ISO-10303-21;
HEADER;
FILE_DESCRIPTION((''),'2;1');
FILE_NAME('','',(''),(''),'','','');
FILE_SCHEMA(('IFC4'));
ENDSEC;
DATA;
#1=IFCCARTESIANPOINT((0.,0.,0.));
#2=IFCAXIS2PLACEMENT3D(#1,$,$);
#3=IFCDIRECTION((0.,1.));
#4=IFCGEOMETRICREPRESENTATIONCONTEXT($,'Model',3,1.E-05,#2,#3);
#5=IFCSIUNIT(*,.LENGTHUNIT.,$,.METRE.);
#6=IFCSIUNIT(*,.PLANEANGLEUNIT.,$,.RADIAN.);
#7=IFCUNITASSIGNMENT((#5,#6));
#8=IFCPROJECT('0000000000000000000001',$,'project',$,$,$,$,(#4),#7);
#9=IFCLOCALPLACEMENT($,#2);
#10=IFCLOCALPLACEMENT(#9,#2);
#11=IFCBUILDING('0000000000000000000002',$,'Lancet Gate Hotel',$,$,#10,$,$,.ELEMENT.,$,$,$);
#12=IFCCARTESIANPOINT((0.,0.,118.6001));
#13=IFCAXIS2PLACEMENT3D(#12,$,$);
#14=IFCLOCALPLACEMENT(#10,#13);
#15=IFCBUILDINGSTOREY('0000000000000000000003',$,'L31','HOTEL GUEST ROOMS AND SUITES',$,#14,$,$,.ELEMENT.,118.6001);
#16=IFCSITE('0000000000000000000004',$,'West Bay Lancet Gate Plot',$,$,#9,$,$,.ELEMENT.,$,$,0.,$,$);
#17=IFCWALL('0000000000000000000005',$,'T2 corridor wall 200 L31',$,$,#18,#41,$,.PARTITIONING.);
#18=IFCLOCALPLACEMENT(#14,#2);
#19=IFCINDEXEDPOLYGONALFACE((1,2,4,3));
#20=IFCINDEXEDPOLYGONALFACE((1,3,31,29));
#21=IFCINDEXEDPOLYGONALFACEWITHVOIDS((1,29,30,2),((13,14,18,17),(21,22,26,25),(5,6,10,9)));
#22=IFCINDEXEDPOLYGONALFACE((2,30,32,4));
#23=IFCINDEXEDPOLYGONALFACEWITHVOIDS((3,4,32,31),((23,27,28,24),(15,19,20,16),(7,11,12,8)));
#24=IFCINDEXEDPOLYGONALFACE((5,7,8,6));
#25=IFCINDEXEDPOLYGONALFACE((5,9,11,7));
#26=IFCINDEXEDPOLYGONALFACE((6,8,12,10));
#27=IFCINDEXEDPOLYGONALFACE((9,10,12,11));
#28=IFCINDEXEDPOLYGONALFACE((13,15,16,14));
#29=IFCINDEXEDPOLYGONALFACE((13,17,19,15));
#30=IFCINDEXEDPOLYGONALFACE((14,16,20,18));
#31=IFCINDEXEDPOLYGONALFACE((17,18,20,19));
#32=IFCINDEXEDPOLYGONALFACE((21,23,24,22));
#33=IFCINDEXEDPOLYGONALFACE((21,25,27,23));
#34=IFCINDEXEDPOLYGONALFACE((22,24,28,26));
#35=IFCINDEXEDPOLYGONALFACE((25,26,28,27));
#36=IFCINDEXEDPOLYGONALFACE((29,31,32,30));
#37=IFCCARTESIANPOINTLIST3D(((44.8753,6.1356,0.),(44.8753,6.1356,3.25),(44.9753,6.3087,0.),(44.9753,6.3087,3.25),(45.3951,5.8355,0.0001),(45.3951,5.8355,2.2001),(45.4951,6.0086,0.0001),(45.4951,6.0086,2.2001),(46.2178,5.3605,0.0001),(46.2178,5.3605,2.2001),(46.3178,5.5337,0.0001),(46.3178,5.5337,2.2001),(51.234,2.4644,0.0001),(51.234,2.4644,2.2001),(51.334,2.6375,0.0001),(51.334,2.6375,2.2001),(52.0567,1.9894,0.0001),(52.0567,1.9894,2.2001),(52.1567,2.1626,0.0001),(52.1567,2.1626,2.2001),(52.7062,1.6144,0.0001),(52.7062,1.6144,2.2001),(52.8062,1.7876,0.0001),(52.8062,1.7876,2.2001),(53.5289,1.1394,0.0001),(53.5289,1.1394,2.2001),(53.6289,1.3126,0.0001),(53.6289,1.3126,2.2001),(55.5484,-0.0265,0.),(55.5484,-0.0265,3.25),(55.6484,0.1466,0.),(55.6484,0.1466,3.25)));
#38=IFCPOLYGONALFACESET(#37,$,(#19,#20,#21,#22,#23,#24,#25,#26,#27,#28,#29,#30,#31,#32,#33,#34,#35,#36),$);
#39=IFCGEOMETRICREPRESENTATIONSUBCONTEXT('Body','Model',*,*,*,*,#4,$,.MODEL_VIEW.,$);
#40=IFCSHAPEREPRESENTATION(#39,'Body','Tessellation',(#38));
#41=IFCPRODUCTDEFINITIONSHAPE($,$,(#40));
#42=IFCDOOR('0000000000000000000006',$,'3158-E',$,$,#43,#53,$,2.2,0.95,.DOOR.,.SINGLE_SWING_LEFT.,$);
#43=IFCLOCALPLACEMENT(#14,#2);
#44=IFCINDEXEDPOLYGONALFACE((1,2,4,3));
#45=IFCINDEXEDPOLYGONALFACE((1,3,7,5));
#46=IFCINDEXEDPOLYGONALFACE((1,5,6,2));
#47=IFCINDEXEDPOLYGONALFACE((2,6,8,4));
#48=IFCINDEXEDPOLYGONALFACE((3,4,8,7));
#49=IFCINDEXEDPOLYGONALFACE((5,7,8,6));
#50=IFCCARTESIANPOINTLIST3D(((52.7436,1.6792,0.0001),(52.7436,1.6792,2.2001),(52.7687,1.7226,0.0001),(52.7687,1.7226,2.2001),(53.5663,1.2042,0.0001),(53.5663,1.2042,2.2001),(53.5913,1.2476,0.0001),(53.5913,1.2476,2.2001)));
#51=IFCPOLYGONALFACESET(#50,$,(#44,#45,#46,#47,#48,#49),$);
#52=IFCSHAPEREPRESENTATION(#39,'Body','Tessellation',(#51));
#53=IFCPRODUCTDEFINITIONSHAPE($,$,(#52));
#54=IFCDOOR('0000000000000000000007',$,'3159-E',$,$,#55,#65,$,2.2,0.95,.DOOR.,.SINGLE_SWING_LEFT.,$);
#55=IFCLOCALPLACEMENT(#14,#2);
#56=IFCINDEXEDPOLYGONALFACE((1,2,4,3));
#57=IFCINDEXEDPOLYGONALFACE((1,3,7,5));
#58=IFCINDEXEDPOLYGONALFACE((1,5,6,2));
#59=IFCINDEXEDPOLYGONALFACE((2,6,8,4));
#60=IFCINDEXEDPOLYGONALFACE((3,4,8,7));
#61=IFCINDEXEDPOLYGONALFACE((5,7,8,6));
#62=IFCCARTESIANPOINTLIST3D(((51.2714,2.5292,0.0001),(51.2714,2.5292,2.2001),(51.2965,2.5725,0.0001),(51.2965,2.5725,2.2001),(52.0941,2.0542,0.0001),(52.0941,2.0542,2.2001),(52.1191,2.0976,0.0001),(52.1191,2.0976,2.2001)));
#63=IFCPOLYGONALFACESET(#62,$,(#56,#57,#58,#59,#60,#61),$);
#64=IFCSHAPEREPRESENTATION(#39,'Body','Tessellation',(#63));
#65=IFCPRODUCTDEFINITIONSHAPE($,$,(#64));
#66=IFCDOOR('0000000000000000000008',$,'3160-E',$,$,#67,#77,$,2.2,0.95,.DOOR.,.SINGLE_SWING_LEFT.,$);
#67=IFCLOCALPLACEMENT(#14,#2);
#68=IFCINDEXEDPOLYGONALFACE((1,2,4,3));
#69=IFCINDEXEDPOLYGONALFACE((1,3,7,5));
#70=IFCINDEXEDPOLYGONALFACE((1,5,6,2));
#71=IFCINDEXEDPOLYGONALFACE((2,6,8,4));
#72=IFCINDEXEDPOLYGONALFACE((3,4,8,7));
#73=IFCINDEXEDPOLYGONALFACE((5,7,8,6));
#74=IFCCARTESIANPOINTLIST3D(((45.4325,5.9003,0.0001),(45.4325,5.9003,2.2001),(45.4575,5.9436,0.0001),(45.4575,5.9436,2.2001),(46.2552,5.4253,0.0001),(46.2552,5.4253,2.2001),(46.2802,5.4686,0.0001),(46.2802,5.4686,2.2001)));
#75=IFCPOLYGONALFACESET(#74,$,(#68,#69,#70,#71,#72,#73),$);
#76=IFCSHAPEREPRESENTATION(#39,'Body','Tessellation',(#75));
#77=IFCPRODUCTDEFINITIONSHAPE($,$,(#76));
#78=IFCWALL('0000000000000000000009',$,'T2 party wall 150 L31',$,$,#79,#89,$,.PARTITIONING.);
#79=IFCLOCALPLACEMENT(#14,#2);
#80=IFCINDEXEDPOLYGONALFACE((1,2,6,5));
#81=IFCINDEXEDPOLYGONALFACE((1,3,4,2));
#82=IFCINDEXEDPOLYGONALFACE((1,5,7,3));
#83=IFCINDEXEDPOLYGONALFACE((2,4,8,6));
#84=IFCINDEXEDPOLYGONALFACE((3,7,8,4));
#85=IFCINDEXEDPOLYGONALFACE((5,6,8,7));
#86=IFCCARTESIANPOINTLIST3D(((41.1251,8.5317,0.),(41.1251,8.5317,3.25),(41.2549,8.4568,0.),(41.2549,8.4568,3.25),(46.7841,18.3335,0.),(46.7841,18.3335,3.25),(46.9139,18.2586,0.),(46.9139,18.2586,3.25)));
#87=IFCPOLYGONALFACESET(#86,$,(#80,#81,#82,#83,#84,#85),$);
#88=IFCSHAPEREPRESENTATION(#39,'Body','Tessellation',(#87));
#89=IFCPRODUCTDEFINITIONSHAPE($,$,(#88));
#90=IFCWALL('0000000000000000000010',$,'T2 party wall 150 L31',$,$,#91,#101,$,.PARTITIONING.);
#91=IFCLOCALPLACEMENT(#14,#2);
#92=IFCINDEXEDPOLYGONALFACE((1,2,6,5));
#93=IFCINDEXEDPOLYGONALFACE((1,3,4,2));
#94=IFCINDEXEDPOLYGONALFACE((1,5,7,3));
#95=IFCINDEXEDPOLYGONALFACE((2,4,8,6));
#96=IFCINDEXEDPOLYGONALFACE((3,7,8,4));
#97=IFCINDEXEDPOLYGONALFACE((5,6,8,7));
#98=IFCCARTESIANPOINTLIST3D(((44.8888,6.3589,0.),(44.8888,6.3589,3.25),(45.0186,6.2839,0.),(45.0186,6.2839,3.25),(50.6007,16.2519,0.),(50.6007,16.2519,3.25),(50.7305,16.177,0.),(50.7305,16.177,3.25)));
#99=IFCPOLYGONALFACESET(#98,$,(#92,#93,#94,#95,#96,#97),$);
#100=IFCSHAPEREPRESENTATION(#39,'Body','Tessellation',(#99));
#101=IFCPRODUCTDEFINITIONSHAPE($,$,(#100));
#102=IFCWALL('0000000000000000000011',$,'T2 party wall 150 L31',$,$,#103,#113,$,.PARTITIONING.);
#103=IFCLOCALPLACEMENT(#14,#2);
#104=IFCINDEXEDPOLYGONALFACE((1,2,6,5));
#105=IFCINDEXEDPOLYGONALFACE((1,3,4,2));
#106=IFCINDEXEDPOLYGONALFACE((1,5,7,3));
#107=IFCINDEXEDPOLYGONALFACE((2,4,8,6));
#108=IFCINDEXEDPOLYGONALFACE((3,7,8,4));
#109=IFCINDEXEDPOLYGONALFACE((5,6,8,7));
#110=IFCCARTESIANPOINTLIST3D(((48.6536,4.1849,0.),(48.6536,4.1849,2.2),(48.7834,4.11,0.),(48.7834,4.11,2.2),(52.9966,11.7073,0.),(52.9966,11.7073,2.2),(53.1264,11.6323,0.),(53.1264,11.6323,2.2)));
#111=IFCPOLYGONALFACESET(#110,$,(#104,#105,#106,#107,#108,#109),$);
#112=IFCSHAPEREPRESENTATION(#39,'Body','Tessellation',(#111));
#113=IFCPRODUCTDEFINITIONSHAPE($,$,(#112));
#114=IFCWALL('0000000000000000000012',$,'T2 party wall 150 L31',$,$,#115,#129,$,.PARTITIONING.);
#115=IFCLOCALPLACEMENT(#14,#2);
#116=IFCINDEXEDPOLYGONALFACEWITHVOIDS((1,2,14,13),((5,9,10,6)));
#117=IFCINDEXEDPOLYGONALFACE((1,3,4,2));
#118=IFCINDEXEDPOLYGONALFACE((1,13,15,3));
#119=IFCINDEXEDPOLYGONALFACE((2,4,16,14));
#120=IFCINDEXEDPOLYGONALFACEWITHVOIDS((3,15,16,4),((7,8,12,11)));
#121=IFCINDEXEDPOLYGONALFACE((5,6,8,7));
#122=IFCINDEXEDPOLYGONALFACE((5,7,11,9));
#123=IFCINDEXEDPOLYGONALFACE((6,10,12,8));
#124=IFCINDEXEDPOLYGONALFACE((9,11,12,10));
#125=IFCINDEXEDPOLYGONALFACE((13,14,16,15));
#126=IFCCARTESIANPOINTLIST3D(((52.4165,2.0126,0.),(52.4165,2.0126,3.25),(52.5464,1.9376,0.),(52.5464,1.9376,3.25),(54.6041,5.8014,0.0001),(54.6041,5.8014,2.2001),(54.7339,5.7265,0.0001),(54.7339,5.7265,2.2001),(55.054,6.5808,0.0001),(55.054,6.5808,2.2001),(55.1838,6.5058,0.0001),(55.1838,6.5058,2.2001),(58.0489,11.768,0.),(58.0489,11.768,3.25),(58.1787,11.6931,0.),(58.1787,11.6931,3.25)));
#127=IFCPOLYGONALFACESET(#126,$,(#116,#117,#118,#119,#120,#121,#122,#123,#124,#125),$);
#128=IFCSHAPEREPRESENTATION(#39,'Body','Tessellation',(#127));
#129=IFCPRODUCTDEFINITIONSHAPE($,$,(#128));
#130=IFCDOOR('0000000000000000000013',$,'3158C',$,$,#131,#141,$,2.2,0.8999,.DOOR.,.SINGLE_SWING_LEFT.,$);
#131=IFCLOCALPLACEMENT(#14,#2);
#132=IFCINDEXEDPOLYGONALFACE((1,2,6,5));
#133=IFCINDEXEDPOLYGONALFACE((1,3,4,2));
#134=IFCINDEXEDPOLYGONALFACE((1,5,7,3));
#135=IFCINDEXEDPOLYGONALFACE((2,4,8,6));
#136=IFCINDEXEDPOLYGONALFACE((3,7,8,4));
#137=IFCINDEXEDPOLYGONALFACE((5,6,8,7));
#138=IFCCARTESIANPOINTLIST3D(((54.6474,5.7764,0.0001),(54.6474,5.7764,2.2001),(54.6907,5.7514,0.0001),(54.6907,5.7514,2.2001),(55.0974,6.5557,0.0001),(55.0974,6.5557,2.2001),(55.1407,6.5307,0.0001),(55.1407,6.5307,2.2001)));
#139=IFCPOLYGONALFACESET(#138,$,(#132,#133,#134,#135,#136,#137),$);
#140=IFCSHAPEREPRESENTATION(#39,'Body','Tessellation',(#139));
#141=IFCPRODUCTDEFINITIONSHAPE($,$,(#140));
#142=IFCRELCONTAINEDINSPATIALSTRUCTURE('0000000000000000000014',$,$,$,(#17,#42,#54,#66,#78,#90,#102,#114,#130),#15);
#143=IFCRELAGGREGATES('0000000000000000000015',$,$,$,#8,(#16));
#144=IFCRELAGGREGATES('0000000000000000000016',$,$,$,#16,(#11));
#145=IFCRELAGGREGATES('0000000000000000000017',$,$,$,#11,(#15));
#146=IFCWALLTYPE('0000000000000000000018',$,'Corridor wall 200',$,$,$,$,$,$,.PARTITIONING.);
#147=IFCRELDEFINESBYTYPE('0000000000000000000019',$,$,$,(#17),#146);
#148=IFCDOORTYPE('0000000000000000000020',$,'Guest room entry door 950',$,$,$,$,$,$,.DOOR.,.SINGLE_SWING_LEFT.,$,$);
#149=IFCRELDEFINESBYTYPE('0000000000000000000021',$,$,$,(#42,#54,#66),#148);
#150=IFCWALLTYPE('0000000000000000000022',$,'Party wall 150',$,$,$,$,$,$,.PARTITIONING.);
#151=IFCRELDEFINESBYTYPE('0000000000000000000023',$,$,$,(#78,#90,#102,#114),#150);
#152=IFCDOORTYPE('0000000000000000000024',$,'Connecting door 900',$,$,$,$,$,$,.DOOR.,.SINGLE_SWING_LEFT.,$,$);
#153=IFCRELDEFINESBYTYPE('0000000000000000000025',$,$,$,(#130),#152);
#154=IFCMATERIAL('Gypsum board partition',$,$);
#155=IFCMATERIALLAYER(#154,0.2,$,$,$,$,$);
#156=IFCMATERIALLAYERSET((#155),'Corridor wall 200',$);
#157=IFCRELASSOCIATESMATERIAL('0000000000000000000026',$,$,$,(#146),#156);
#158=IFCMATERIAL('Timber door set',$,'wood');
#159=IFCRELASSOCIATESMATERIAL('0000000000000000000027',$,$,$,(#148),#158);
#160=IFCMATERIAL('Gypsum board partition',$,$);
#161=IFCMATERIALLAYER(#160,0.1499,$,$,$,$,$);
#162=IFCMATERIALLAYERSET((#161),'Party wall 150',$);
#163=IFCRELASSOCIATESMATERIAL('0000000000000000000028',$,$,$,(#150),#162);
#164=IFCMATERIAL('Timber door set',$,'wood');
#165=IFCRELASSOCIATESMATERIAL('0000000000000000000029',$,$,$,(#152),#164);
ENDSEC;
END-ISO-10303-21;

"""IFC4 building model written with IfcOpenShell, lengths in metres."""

from ifc_helpers import new_model, si_unit, direction, frame, frame_2d, origin, place, context, subcontext, project, spatial, rectangle, extrude, material, layer, layer_set, type_object, element, fill, save


model = new_model("IFC4")

# Units and contexts
model_context = context("Model", 3, precision=1e-05, world=origin(), true_north=direction((0.0, 1.0)))
body_context = subcontext(model_context, "Body", "Model", "MODEL_VIEW")
ifc_project = project(units=[si_unit("LENGTHUNIT", "METRE"), si_unit("PLANEANGLEUNIT", "RADIAN")], contexts=[model_context])

# Site, building, storey
site_placement = place(None, origin())
site = spatial("IfcSite", under=ifc_project, at=site_placement, Name="West Bay Lancet Gate Plot", CompositionType="ELEMENT", RefElevation=0.0)
building_placement = place(site_placement, origin())
building = spatial("IfcBuilding", under=site, at=building_placement, Name="Lancet Gate Hotel", CompositionType="ELEMENT")
storey_placement = place(building_placement, frame((0.0, 0.0, 118.6001)))
storey = spatial("IfcBuildingStorey", under=building, at=storey_placement, Name="L31", Description="HOTEL GUEST ROOMS AND SUITES", CompositionType="ELEMENT", Elevation=118.6001)

# Wall, openings, doors
ifc_material_1 = material(Name="Gypsum board partition")
ifc_layer_1 = layer(ifc_material_1, 0.2)
ifc_layer_set_1 = layer_set([ifc_layer_1], Name="Corridor wall 200")
wall_type_1 = type_object("IfcWallType", Name="Corridor wall 200", PredefinedType="PARTITIONING", material=ifc_layer_set_1)
wall_1_placement = place(storey_placement, frame((44.9253, 6.2222, 0.0), z_axis=(0.0, 0.0, 1.0), x_axis=(0.866026, -0.5, 0.0)))
wall_1 = element("IfcWall", 1, at=wall_1_placement, inside=storey, type_object=wall_type_1, Name="T2 corridor wall 200 L31", PredefinedType="PARTITIONING", context=body_context, shape_type="SweptSolid", body=[
    extrude(rectangle(XDim=12.3242, YDim=0.2, at=frame_2d((6.1621, 0.0))), origin(), (0.0, 0.0, 1.0), 3.25),
])
opening_1_placement = place(wall_1_placement, frame((9.0422, 0.0, 0.0)))
opening_1 = element("IfcOpeningElement", 2, at=opening_1_placement, cuts=wall_1, PredefinedType="OPENING", context=body_context, shape_type="SweptSolid", body=[
    extrude(rectangle(XDim=0.95, YDim=2.2, at=frame_2d((0.4751, 1.1001))), frame((0.0, 0.1099, 0.0), z_axis=(0.0, -1.0, 0.0), x_axis=(1.0, 0.0, 0.0)), (0.0, 0.0, 1.0), 0.22),
])
opening_2_placement = place(wall_1_placement, frame((7.3423, 0.0, 0.0)))
opening_2 = element("IfcOpeningElement", 3, at=opening_2_placement, cuts=wall_1, PredefinedType="OPENING", context=body_context, shape_type="SweptSolid", body=[
    extrude(rectangle(XDim=0.95, YDim=2.2, at=frame_2d((0.4751, 1.1001))), frame((0.0, 0.1099, 0.0), z_axis=(0.0, -1.0, 0.0), x_axis=(1.0, 0.0, 0.0)), (0.0, 0.0, 1.0), 0.22),
])
opening_3_placement = place(wall_1_placement, frame((0.6001, 0.0, 0.0)))
opening_3 = element("IfcOpeningElement", 4, at=opening_3_placement, cuts=wall_1, PredefinedType="OPENING", context=body_context, shape_type="SweptSolid", body=[
    extrude(rectangle(XDim=0.95, YDim=2.2, at=frame_2d((0.4751, 1.1001))), frame((0.0, 0.1099, 0.0), z_axis=(0.0, -1.0, 0.0), x_axis=(1.0, 0.0, 0.0)), (0.0, 0.0, 1.0), 0.22),
])
ifc_material_2 = material(Name="Timber door set", Category="wood")
door_type_1 = type_object("IfcDoorType", Name="Guest room entry door 950", OperationType="SINGLE_SWING_LEFT", PredefinedType="DOOR", material=ifc_material_2)
door_1_placement = place(opening_1_placement, origin())
door_1 = element("IfcDoor", 5, at=door_1_placement, inside=storey, type_object=door_type_1, Name="3158-E", OperationType="SINGLE_SWING_LEFT", OverallHeight=2.2, OverallWidth=0.95, PredefinedType="DOOR", context=body_context, shape_type="SweptSolid", body=[
    extrude(rectangle(XDim=0.95, YDim=2.2, at=frame_2d((0.4751, 1.1001))), frame((0.0, 0.0249, 0.0), z_axis=(0.0, -1.0, 0.0), x_axis=(1.0, 0.0, 0.0)), (0.0, 0.0, 1.0), 0.05),
])
fill(opening_1, door_1)
door_2_placement = place(opening_2_placement, origin())
door_2 = element("IfcDoor", 6, at=door_2_placement, inside=storey, type_object=door_type_1, Name="3159-E", OperationType="SINGLE_SWING_LEFT", OverallHeight=2.2, OverallWidth=0.95, PredefinedType="DOOR", context=body_context, shape_type="SweptSolid", body=[
    extrude(rectangle(XDim=0.95, YDim=2.2, at=frame_2d((0.4751, 1.1001))), frame((0.0, 0.0249, 0.0), z_axis=(0.0, -1.0, 0.0), x_axis=(1.0, 0.0, 0.0)), (0.0, 0.0, 1.0), 0.05),
])
fill(opening_2, door_2)
door_3_placement = place(opening_3_placement, origin())
door_3 = element("IfcDoor", 7, at=door_3_placement, inside=storey, type_object=door_type_1, Name="3160-E", OperationType="SINGLE_SWING_LEFT", OverallHeight=2.2, OverallWidth=0.95, PredefinedType="DOOR", context=body_context, shape_type="SweptSolid", body=[
    extrude(rectangle(XDim=0.95, YDim=2.2, at=frame_2d((0.4751, 1.1001))), frame((0.0, 0.0249, 0.0), z_axis=(0.0, -1.0, 0.0), x_axis=(1.0, 0.0, 0.0)), (0.0, 0.0, 1.0), 0.05),
])
fill(opening_3, door_3)

# Walls
ifc_material_3 = material(Name="Gypsum board partition")
ifc_layer_2 = layer(ifc_material_3, 0.1499)
ifc_layer_set_2 = layer_set([ifc_layer_2], Name="Party wall 150")
wall_type_2 = type_object("IfcWallType", Name="Party wall 150", PredefinedType="PARTITIONING", material=ifc_layer_set_2)
wall_2_placement = place(storey_placement, frame((41.1899, 8.4941, 0.0), z_axis=(0.0, 0.0, 1.0), x_axis=(0.499993, 0.86603, 0.0)))
element("IfcWall", 8, at=wall_2_placement, inside=storey, type_object=wall_type_2, Name="T2 party wall 150 L31", PredefinedType="PARTITIONING", context=body_context, shape_type="SweptSolid", body=[
    extrude(rectangle(XDim=11.3181, YDim=0.1499, at=frame_2d((5.6592, 0.0))), origin(), (0.0, 0.0, 1.0), 3.25),
])
wall_3_placement = place(storey_placement, frame((44.9536, 6.3213, 0.0), z_axis=(0.0, 0.0, 1.0), x_axis=(0.50001, 0.86602, 0.0)))
element("IfcWall", 9, at=wall_3_placement, inside=storey, type_object=wall_type_2, Name="T2 party wall 150 L31", PredefinedType="PARTITIONING", context=body_context, shape_type="SweptSolid", body=[
    extrude(rectangle(XDim=11.4236, YDim=0.1499, at=frame_2d((5.7119, 0.0))), origin(), (0.0, 0.0, 1.0), 3.25),
])
wall_4_placement = place(storey_placement, frame((48.7185, 4.1475, 0.0), z_axis=(0.0, 0.0, 1.0), x_axis=(0.499993, 0.866029, 0.0)))
element("IfcWall", 10, at=wall_4_placement, inside=storey, type_object=wall_type_2, Name="T2 party wall 150 L31", PredefinedType="PARTITIONING", context=body_context, shape_type="SweptSolid", body=[
    extrude(rectangle(XDim=8.686, YDim=0.1499, at=frame_2d((4.343, 0.0))), origin(), (0.0, 0.0, 1.0), 2.2),
])

# Wall, opening, door
wall_5_placement = place(storey_placement, frame((52.4814, 1.9751, 0.0), z_axis=(0.0, 0.0, 1.0), x_axis=(0.500004, 0.866023, 0.0)))
wall_5 = element("IfcWall", 11, at=wall_5_placement, inside=storey, type_object=wall_type_2, Name="T2 party wall 150 L31", PredefinedType="PARTITIONING", context=body_context, shape_type="SweptSolid", body=[
    extrude(rectangle(XDim=11.2646, YDim=0.1499, at=frame_2d((5.6323, 0.0))), origin(), (0.0, 0.0, 1.0), 3.25),
])
opening_4_placement = place(wall_5_placement, frame((4.375, 0.0, 0.0)))
opening_4 = element("IfcOpeningElement", 12, at=opening_4_placement, cuts=wall_5, PredefinedType="OPENING", context=body_context, shape_type="SweptSolid", body=[
    extrude(rectangle(XDim=0.8999, YDim=2.2, at=frame_2d((0.45, 1.1001))), frame((0.0, 0.085, 0.0), z_axis=(0.0, -1.0, 0.0), x_axis=(1.0, 0.0, 0.0)), (0.0, 0.0, 1.0), 0.1699),
])
ifc_material_4 = material(Name="Timber door set", Category="wood")
door_type_2 = type_object("IfcDoorType", Name="Connecting door 900", OperationType="SINGLE_SWING_LEFT", PredefinedType="DOOR", material=ifc_material_4)
door_4_placement = place(opening_4_placement, origin())
door_4 = element("IfcDoor", 13, at=door_4_placement, inside=storey, type_object=door_type_2, Name="3158C", OperationType="SINGLE_SWING_LEFT", OverallHeight=2.2, OverallWidth=0.8999, PredefinedType="DOOR", context=body_context, shape_type="SweptSolid", body=[
    extrude(rectangle(XDim=0.8999, YDim=2.2, at=frame_2d((0.45, 1.1001))), frame((0.0, 0.0249, 0.0), z_axis=(0.0, -1.0, 0.0), x_axis=(1.0, 0.0, 0.0)), (0.0, 0.0, 1.0), 0.05),
])
fill(opening_4, door_4)

save(model, "model.ifc")
